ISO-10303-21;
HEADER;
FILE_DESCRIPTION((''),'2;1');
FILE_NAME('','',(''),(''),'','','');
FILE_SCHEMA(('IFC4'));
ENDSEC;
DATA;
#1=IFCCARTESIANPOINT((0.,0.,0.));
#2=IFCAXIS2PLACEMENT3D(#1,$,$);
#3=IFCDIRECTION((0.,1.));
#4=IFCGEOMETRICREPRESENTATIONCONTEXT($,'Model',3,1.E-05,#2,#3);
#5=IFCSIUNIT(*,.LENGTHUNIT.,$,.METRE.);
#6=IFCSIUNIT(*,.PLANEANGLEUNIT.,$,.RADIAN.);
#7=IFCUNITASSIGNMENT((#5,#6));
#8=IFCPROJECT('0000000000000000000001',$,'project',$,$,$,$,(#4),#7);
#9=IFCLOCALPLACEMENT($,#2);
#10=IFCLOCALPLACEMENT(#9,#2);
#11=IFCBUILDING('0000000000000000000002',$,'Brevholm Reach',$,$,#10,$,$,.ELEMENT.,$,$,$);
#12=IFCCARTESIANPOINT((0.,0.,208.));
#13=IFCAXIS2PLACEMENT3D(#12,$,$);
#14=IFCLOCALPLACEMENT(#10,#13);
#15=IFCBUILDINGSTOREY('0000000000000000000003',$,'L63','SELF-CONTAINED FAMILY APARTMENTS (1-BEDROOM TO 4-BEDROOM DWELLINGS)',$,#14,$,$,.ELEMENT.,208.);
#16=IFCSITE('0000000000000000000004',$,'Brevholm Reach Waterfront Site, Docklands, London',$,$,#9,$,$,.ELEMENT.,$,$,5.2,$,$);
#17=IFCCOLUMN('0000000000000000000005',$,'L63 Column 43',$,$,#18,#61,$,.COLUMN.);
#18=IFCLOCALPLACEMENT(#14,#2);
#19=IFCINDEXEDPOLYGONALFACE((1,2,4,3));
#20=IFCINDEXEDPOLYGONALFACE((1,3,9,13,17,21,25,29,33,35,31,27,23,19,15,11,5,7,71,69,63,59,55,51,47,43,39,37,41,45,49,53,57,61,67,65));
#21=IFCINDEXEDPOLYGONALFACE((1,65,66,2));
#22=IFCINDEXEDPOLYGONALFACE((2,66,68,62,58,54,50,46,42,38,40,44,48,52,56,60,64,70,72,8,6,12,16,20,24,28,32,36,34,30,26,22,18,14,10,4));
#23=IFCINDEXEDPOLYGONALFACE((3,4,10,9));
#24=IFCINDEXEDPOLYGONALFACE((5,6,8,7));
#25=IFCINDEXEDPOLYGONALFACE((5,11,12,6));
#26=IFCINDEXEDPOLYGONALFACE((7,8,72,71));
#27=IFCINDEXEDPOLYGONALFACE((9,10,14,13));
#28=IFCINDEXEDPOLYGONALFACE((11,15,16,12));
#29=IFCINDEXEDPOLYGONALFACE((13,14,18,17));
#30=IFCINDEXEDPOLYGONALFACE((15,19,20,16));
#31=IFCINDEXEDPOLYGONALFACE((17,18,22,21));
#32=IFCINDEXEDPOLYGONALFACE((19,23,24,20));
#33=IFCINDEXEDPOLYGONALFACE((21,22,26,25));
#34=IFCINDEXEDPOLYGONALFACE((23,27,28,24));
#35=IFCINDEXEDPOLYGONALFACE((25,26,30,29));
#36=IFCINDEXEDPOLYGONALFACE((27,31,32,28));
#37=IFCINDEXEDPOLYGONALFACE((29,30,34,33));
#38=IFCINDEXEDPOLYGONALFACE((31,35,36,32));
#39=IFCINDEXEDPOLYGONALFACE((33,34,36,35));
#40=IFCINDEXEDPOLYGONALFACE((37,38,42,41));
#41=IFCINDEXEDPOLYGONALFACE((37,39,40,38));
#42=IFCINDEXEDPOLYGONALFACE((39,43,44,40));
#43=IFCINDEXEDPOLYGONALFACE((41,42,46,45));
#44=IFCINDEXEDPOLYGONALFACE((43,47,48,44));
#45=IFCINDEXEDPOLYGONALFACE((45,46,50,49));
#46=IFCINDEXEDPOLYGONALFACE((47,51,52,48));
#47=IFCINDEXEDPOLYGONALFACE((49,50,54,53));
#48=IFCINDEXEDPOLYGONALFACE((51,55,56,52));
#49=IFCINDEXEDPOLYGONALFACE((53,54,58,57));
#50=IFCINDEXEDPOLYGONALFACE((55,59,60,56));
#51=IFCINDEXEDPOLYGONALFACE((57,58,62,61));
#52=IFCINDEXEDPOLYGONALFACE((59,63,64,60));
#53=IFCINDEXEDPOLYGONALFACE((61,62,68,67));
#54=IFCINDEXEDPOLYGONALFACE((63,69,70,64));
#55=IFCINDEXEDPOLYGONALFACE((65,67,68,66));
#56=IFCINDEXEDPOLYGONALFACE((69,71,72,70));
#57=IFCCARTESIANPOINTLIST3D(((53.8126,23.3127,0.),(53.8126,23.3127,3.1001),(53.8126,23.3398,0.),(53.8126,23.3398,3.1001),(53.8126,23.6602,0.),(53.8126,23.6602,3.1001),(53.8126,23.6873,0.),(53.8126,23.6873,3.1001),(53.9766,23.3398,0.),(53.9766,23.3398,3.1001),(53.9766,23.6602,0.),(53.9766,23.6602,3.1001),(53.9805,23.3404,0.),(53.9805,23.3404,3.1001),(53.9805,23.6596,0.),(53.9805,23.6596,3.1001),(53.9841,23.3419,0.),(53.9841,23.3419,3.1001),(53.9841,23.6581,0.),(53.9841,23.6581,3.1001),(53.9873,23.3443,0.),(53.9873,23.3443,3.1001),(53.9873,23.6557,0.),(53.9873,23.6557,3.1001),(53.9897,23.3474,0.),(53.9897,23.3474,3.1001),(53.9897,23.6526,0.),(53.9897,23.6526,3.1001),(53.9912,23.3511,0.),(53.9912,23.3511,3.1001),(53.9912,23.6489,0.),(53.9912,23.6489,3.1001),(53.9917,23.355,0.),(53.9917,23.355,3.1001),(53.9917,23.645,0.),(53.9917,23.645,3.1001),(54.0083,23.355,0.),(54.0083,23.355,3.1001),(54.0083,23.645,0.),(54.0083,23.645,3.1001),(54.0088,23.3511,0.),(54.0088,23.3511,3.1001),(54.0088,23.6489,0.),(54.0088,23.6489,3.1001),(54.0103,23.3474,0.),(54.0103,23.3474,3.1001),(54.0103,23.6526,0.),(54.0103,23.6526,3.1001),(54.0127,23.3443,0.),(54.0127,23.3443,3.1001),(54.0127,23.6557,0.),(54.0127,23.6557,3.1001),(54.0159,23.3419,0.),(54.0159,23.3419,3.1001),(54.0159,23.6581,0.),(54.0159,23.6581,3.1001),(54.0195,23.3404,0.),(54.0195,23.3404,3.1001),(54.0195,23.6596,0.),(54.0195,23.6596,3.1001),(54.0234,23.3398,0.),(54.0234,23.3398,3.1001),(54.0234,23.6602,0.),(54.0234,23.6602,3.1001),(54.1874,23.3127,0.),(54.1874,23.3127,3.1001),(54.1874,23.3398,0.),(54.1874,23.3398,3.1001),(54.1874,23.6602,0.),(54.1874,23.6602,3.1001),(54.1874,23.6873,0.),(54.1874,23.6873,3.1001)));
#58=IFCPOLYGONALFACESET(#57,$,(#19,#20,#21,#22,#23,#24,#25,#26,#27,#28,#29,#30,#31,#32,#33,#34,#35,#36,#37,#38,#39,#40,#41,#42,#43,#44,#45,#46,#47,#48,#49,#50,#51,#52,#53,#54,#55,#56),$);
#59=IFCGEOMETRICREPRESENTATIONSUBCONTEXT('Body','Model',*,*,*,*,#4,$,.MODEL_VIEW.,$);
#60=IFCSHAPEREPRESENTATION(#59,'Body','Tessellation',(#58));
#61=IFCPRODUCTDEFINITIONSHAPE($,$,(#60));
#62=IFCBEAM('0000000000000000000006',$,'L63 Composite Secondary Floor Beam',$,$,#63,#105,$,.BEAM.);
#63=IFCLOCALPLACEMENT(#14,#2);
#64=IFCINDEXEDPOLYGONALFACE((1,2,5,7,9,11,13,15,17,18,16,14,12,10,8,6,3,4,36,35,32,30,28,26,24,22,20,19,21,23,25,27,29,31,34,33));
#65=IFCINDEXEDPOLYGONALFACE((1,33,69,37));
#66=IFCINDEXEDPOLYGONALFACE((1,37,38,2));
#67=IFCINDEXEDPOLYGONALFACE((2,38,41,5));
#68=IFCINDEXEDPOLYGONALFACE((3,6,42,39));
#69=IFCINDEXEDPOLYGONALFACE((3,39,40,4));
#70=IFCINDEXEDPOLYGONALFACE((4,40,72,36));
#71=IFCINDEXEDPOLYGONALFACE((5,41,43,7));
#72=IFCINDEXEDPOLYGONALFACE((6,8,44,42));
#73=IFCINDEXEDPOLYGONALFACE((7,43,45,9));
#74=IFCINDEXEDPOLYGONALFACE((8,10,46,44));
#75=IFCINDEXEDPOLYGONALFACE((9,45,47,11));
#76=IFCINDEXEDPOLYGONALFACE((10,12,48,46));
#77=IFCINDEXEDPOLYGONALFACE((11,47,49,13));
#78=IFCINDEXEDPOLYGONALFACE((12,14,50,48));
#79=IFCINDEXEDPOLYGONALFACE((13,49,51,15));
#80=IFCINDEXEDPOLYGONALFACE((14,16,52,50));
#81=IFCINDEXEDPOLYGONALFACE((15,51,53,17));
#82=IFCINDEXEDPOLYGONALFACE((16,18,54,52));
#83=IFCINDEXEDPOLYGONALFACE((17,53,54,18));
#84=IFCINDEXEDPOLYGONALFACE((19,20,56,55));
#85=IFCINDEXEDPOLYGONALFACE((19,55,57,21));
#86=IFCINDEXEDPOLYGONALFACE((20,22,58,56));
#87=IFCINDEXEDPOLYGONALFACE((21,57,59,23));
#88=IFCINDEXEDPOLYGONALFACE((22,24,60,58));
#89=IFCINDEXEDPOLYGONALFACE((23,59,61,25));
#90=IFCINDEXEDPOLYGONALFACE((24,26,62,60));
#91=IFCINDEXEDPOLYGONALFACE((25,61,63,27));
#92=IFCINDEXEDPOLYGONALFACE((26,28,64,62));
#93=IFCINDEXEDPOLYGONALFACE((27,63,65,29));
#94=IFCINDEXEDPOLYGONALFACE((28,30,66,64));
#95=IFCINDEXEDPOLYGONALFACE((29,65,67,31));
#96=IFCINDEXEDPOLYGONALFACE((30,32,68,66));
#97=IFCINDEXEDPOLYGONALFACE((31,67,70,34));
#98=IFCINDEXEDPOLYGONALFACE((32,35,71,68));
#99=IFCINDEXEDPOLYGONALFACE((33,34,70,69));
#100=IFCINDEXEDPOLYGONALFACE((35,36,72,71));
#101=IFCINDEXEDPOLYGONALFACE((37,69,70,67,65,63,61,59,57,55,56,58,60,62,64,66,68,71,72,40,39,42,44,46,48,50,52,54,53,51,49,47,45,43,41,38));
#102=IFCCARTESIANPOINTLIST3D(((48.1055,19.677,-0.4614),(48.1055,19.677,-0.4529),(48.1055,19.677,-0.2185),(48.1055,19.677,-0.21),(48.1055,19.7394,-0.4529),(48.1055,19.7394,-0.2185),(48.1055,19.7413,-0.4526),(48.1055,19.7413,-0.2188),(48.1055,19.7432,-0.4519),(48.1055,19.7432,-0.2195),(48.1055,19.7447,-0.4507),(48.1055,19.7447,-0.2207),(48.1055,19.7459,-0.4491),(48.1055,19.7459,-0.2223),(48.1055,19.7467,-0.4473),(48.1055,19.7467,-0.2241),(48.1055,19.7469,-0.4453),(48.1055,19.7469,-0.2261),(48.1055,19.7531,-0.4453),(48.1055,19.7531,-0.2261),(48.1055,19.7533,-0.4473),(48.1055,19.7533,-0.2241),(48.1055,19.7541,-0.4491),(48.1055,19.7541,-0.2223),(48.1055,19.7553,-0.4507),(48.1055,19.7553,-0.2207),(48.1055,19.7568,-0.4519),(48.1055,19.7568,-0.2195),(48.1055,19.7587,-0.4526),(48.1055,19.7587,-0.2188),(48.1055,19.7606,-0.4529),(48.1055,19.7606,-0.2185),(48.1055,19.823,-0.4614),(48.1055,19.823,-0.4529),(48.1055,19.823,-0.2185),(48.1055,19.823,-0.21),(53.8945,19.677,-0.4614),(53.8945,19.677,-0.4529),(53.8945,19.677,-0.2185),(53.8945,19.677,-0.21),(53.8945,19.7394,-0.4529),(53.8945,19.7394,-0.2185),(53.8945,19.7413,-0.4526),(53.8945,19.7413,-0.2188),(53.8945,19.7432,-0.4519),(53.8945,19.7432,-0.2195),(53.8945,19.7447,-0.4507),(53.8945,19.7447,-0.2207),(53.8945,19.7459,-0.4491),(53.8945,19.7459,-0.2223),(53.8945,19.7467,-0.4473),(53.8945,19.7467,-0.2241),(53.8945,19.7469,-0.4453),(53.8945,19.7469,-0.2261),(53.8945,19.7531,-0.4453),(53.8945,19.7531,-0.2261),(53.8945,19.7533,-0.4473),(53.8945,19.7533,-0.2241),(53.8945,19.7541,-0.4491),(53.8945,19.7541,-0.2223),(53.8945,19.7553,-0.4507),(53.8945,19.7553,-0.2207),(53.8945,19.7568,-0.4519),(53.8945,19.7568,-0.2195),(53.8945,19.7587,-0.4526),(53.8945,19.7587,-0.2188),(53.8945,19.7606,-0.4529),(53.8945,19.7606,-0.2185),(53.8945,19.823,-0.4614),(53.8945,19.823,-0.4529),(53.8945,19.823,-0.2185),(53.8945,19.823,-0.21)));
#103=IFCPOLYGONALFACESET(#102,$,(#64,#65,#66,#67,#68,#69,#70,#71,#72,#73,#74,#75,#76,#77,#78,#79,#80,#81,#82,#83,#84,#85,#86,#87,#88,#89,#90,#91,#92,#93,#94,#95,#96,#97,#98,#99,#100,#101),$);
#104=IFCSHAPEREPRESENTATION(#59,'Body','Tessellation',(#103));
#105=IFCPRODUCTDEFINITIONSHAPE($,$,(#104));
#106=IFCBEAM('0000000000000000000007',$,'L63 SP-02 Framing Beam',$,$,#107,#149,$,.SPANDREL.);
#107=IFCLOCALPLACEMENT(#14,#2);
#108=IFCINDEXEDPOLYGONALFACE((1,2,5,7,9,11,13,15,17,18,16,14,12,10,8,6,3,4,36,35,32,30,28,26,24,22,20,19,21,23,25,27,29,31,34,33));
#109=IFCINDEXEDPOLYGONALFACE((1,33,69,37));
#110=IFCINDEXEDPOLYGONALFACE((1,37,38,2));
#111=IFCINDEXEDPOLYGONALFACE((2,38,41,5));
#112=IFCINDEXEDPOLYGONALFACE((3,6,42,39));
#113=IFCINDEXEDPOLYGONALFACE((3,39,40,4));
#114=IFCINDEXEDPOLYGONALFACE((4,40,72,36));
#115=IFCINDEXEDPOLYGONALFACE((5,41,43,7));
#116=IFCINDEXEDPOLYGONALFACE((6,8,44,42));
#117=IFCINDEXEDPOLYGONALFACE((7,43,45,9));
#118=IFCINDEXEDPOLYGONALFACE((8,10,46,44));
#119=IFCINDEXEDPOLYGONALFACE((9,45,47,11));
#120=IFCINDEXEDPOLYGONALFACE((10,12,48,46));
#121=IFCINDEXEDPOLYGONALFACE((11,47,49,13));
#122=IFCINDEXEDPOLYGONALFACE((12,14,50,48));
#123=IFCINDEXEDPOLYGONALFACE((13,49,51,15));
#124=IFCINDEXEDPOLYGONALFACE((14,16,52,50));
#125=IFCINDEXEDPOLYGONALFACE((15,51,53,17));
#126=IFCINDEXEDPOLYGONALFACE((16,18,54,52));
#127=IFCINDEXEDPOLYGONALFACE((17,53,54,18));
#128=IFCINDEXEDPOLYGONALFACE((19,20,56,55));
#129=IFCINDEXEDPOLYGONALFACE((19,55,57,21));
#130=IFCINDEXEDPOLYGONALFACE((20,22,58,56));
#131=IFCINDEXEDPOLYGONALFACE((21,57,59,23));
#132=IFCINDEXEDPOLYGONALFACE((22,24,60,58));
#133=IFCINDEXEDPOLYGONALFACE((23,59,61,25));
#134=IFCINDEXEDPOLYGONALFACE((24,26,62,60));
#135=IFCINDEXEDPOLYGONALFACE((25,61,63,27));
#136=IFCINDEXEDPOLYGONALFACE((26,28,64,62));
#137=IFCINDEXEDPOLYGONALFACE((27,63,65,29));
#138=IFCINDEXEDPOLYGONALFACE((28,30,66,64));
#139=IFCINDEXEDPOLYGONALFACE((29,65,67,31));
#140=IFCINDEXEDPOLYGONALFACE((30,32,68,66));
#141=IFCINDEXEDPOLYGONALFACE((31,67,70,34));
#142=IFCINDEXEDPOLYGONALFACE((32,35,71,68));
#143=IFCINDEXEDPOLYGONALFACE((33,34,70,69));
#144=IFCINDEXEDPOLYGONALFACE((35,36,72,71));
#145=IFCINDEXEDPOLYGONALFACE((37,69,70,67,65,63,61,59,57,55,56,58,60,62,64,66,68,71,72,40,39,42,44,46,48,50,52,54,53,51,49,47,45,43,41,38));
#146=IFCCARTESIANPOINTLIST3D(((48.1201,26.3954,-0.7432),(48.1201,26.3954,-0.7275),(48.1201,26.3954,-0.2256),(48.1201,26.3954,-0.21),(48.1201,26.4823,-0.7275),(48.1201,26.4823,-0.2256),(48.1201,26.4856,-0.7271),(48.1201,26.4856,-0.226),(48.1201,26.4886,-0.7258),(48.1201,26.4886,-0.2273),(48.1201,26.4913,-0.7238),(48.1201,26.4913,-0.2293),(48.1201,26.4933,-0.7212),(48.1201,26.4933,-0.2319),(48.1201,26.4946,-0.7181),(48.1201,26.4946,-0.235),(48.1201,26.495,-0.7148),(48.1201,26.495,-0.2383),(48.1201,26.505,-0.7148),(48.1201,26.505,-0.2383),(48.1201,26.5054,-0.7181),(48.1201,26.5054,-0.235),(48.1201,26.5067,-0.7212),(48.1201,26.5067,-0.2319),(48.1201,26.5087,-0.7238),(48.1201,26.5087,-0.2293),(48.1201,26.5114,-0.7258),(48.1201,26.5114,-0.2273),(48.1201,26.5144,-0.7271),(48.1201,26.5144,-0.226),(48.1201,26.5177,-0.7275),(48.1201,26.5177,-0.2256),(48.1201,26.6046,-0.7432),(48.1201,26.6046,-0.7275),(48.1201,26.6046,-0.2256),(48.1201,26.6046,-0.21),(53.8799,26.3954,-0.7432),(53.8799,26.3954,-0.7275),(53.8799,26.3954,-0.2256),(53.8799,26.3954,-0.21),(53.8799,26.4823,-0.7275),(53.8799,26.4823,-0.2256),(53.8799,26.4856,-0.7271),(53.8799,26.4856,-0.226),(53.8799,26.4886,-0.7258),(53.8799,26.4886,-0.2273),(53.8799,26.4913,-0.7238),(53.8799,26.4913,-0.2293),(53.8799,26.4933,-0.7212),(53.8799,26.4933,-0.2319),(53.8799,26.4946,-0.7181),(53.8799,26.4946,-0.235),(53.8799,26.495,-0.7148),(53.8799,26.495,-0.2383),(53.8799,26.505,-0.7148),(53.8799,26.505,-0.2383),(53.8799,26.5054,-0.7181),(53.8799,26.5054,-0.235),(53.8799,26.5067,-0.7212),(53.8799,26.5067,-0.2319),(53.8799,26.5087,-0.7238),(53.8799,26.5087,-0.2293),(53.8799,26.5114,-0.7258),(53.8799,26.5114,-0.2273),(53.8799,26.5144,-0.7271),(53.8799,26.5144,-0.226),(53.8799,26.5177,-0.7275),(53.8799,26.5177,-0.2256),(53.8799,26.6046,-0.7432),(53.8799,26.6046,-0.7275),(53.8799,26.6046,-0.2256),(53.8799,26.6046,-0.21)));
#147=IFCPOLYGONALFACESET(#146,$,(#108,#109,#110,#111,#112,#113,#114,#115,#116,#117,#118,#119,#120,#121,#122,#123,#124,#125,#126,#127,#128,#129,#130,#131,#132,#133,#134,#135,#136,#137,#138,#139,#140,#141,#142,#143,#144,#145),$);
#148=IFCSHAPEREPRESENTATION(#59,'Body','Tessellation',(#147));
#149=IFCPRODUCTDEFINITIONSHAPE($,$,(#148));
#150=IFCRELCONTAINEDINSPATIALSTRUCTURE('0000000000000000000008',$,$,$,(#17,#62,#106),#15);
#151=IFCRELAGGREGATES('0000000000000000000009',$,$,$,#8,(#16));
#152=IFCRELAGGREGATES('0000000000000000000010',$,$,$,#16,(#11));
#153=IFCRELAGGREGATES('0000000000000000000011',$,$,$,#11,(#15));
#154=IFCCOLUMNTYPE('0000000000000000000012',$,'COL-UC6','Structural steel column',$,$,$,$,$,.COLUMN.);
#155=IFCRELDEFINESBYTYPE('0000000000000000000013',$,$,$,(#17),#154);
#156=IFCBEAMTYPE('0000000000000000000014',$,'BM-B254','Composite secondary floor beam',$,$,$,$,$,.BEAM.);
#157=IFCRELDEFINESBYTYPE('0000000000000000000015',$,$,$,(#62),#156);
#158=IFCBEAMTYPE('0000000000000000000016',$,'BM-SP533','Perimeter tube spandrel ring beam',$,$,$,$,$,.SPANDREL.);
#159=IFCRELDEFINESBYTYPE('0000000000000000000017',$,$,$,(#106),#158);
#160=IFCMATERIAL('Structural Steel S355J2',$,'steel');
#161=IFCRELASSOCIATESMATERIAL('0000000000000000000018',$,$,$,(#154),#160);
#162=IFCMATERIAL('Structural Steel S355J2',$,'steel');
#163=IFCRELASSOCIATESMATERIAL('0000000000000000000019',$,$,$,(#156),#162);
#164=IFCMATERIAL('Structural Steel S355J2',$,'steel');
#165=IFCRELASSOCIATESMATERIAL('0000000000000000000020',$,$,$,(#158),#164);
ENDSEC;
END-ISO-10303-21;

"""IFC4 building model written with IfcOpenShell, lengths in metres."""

from ifc_helpers import new_model, si_unit, direction, frame, origin, origin_2d, place, context, subcontext, project, spatial, i_section, extrude, material, material_profile, profile_set, type_object, element, save


model = new_model("IFC4")

# Units and contexts
model_context = context("Model", 3, precision=1e-05, world=origin(), true_north=direction((0.0, 1.0)))
body_context = subcontext(model_context, "Body", "Model", "MODEL_VIEW")
ifc_project = project(units=[si_unit("LENGTHUNIT", "METRE"), si_unit("PLANEANGLEUNIT", "RADIAN")], contexts=[model_context])

# Site, building, storey
site_placement = place(None, origin())
site = spatial("IfcSite", under=ifc_project, at=site_placement, Name="Brevholm Reach Waterfront Site, Docklands, London", CompositionType="ELEMENT", RefElevation=5.2)
building_placement = place(site_placement, origin())
building = spatial("IfcBuilding", under=site, at=building_placement, Name="Brevholm Reach", CompositionType="ELEMENT")
storey_placement = place(building_placement, frame((0.0, 0.0, 208.0)))
storey = spatial("IfcBuildingStorey", under=building, at=storey_placement, Name="L63", Description="SELF-CONTAINED FAMILY APARTMENTS (1-BEDROOM TO 4-BEDROOM DWELLINGS)", CompositionType="ELEMENT", Elevation=208.0)

# Column
ifc_material_1 = material(Name="Structural Steel S355J2", Category="steel")
ifc_material_profile_1 = material_profile(ifc_material_1, i_section(OverallWidth=0.3748, OverallDepth=0.3745, WebThickness=0.0166, FlangeThickness=0.0271, FilletRadius=0.0151, at=origin_2d()), Name="UKC 356x368x202")
ifc_profile_set_1 = profile_set([ifc_material_profile_1], Name="Structural Steel S355J2")
column_type = type_object("IfcColumnType", Name="COL-UC6", Description="Structural steel column", PredefinedType="COLUMN", material=ifc_profile_set_1)
column_placement = place(storey_placement, frame((54.0, 23.5, 0.0), z_axis=(0.0, 0.0, 1.0), x_axis=(1.0, 0.0, 0.0)))
element("IfcColumn", 1, at=column_placement, inside=storey, type_object=column_type, Name="L63 Column 43", PredefinedType="COLUMN", context=body_context, shape_type="SweptSolid", body=[
    extrude(i_section(OverallWidth=0.3748, OverallDepth=0.3745, WebThickness=0.0166, FlangeThickness=0.0271, FilletRadius=0.0151, at=origin_2d()), origin(), (0.0, 0.0, 1.0), 3.1001),
])

# Beams
ifc_material_2 = material(Name="Structural Steel S355J2", Category="steel")
ifc_material_profile_2 = material_profile(ifc_material_2, i_section(OverallWidth=0.146, OverallDepth=0.2515, WebThickness=0.0061, FlangeThickness=0.0085, FilletRadius=0.0076, at=origin_2d()), Name="UKB 254x146x31")
ifc_profile_set_2 = profile_set([ifc_material_profile_2], Name="Structural Steel S355J2")
beam_type_1 = type_object("IfcBeamType", Name="BM-B254", Description="Composite secondary floor beam", PredefinedType="BEAM", material=ifc_profile_set_2)
beam_1_placement = place(storey_placement, frame((48.1055, 19.75, -0.3357), z_axis=(1.0, 0.0, 0.0), x_axis=(0.0, 1.0, 0.0)))
element("IfcBeam", 2, at=beam_1_placement, inside=storey, type_object=beam_type_1, Name="L63 Composite Secondary Floor Beam", PredefinedType="BEAM", context=body_context, shape_type="SweptSolid", body=[
    extrude(i_section(OverallWidth=0.146, OverallDepth=0.2515, WebThickness=0.0061, FlangeThickness=0.0085, FilletRadius=0.0076, at=origin_2d()), origin(), (0.0, 0.0, 1.0), 5.7891),
])
ifc_material_3 = material(Name="Structural Steel S355J2", Category="steel")
ifc_material_profile_3 = material_profile(ifc_material_3, i_section(OverallWidth=0.2092, OverallDepth=0.5332, WebThickness=0.01, FlangeThickness=0.0156, FilletRadius=0.0127, at=origin_2d()), Name="UKB 533x210x92")
ifc_profile_set_3 = profile_set([ifc_material_profile_3], Name="Structural Steel S355J2")
beam_type_2 = type_object("IfcBeamType", Name="BM-SP533", Description="Perimeter tube spandrel ring beam", PredefinedType="SPANDREL", material=ifc_profile_set_3)
beam_2_placement = place(storey_placement, frame((48.1201, 26.5, -0.4766), z_axis=(1.0, 0.0, 0.0), x_axis=(0.0, 1.0, 0.0)))
element("IfcBeam", 3, at=beam_2_placement, inside=storey, type_object=beam_type_2, Name="L63 SP-02 Framing Beam", PredefinedType="SPANDREL", context=body_context, shape_type="SweptSolid", body=[
    extrude(i_section(OverallWidth=0.2092, OverallDepth=0.5332, WebThickness=0.01, FlangeThickness=0.0156, FilletRadius=0.0127, at=origin_2d()), origin(), (0.0, 0.0, 1.0), 5.7598),
])

save(model, "model.ifc")
